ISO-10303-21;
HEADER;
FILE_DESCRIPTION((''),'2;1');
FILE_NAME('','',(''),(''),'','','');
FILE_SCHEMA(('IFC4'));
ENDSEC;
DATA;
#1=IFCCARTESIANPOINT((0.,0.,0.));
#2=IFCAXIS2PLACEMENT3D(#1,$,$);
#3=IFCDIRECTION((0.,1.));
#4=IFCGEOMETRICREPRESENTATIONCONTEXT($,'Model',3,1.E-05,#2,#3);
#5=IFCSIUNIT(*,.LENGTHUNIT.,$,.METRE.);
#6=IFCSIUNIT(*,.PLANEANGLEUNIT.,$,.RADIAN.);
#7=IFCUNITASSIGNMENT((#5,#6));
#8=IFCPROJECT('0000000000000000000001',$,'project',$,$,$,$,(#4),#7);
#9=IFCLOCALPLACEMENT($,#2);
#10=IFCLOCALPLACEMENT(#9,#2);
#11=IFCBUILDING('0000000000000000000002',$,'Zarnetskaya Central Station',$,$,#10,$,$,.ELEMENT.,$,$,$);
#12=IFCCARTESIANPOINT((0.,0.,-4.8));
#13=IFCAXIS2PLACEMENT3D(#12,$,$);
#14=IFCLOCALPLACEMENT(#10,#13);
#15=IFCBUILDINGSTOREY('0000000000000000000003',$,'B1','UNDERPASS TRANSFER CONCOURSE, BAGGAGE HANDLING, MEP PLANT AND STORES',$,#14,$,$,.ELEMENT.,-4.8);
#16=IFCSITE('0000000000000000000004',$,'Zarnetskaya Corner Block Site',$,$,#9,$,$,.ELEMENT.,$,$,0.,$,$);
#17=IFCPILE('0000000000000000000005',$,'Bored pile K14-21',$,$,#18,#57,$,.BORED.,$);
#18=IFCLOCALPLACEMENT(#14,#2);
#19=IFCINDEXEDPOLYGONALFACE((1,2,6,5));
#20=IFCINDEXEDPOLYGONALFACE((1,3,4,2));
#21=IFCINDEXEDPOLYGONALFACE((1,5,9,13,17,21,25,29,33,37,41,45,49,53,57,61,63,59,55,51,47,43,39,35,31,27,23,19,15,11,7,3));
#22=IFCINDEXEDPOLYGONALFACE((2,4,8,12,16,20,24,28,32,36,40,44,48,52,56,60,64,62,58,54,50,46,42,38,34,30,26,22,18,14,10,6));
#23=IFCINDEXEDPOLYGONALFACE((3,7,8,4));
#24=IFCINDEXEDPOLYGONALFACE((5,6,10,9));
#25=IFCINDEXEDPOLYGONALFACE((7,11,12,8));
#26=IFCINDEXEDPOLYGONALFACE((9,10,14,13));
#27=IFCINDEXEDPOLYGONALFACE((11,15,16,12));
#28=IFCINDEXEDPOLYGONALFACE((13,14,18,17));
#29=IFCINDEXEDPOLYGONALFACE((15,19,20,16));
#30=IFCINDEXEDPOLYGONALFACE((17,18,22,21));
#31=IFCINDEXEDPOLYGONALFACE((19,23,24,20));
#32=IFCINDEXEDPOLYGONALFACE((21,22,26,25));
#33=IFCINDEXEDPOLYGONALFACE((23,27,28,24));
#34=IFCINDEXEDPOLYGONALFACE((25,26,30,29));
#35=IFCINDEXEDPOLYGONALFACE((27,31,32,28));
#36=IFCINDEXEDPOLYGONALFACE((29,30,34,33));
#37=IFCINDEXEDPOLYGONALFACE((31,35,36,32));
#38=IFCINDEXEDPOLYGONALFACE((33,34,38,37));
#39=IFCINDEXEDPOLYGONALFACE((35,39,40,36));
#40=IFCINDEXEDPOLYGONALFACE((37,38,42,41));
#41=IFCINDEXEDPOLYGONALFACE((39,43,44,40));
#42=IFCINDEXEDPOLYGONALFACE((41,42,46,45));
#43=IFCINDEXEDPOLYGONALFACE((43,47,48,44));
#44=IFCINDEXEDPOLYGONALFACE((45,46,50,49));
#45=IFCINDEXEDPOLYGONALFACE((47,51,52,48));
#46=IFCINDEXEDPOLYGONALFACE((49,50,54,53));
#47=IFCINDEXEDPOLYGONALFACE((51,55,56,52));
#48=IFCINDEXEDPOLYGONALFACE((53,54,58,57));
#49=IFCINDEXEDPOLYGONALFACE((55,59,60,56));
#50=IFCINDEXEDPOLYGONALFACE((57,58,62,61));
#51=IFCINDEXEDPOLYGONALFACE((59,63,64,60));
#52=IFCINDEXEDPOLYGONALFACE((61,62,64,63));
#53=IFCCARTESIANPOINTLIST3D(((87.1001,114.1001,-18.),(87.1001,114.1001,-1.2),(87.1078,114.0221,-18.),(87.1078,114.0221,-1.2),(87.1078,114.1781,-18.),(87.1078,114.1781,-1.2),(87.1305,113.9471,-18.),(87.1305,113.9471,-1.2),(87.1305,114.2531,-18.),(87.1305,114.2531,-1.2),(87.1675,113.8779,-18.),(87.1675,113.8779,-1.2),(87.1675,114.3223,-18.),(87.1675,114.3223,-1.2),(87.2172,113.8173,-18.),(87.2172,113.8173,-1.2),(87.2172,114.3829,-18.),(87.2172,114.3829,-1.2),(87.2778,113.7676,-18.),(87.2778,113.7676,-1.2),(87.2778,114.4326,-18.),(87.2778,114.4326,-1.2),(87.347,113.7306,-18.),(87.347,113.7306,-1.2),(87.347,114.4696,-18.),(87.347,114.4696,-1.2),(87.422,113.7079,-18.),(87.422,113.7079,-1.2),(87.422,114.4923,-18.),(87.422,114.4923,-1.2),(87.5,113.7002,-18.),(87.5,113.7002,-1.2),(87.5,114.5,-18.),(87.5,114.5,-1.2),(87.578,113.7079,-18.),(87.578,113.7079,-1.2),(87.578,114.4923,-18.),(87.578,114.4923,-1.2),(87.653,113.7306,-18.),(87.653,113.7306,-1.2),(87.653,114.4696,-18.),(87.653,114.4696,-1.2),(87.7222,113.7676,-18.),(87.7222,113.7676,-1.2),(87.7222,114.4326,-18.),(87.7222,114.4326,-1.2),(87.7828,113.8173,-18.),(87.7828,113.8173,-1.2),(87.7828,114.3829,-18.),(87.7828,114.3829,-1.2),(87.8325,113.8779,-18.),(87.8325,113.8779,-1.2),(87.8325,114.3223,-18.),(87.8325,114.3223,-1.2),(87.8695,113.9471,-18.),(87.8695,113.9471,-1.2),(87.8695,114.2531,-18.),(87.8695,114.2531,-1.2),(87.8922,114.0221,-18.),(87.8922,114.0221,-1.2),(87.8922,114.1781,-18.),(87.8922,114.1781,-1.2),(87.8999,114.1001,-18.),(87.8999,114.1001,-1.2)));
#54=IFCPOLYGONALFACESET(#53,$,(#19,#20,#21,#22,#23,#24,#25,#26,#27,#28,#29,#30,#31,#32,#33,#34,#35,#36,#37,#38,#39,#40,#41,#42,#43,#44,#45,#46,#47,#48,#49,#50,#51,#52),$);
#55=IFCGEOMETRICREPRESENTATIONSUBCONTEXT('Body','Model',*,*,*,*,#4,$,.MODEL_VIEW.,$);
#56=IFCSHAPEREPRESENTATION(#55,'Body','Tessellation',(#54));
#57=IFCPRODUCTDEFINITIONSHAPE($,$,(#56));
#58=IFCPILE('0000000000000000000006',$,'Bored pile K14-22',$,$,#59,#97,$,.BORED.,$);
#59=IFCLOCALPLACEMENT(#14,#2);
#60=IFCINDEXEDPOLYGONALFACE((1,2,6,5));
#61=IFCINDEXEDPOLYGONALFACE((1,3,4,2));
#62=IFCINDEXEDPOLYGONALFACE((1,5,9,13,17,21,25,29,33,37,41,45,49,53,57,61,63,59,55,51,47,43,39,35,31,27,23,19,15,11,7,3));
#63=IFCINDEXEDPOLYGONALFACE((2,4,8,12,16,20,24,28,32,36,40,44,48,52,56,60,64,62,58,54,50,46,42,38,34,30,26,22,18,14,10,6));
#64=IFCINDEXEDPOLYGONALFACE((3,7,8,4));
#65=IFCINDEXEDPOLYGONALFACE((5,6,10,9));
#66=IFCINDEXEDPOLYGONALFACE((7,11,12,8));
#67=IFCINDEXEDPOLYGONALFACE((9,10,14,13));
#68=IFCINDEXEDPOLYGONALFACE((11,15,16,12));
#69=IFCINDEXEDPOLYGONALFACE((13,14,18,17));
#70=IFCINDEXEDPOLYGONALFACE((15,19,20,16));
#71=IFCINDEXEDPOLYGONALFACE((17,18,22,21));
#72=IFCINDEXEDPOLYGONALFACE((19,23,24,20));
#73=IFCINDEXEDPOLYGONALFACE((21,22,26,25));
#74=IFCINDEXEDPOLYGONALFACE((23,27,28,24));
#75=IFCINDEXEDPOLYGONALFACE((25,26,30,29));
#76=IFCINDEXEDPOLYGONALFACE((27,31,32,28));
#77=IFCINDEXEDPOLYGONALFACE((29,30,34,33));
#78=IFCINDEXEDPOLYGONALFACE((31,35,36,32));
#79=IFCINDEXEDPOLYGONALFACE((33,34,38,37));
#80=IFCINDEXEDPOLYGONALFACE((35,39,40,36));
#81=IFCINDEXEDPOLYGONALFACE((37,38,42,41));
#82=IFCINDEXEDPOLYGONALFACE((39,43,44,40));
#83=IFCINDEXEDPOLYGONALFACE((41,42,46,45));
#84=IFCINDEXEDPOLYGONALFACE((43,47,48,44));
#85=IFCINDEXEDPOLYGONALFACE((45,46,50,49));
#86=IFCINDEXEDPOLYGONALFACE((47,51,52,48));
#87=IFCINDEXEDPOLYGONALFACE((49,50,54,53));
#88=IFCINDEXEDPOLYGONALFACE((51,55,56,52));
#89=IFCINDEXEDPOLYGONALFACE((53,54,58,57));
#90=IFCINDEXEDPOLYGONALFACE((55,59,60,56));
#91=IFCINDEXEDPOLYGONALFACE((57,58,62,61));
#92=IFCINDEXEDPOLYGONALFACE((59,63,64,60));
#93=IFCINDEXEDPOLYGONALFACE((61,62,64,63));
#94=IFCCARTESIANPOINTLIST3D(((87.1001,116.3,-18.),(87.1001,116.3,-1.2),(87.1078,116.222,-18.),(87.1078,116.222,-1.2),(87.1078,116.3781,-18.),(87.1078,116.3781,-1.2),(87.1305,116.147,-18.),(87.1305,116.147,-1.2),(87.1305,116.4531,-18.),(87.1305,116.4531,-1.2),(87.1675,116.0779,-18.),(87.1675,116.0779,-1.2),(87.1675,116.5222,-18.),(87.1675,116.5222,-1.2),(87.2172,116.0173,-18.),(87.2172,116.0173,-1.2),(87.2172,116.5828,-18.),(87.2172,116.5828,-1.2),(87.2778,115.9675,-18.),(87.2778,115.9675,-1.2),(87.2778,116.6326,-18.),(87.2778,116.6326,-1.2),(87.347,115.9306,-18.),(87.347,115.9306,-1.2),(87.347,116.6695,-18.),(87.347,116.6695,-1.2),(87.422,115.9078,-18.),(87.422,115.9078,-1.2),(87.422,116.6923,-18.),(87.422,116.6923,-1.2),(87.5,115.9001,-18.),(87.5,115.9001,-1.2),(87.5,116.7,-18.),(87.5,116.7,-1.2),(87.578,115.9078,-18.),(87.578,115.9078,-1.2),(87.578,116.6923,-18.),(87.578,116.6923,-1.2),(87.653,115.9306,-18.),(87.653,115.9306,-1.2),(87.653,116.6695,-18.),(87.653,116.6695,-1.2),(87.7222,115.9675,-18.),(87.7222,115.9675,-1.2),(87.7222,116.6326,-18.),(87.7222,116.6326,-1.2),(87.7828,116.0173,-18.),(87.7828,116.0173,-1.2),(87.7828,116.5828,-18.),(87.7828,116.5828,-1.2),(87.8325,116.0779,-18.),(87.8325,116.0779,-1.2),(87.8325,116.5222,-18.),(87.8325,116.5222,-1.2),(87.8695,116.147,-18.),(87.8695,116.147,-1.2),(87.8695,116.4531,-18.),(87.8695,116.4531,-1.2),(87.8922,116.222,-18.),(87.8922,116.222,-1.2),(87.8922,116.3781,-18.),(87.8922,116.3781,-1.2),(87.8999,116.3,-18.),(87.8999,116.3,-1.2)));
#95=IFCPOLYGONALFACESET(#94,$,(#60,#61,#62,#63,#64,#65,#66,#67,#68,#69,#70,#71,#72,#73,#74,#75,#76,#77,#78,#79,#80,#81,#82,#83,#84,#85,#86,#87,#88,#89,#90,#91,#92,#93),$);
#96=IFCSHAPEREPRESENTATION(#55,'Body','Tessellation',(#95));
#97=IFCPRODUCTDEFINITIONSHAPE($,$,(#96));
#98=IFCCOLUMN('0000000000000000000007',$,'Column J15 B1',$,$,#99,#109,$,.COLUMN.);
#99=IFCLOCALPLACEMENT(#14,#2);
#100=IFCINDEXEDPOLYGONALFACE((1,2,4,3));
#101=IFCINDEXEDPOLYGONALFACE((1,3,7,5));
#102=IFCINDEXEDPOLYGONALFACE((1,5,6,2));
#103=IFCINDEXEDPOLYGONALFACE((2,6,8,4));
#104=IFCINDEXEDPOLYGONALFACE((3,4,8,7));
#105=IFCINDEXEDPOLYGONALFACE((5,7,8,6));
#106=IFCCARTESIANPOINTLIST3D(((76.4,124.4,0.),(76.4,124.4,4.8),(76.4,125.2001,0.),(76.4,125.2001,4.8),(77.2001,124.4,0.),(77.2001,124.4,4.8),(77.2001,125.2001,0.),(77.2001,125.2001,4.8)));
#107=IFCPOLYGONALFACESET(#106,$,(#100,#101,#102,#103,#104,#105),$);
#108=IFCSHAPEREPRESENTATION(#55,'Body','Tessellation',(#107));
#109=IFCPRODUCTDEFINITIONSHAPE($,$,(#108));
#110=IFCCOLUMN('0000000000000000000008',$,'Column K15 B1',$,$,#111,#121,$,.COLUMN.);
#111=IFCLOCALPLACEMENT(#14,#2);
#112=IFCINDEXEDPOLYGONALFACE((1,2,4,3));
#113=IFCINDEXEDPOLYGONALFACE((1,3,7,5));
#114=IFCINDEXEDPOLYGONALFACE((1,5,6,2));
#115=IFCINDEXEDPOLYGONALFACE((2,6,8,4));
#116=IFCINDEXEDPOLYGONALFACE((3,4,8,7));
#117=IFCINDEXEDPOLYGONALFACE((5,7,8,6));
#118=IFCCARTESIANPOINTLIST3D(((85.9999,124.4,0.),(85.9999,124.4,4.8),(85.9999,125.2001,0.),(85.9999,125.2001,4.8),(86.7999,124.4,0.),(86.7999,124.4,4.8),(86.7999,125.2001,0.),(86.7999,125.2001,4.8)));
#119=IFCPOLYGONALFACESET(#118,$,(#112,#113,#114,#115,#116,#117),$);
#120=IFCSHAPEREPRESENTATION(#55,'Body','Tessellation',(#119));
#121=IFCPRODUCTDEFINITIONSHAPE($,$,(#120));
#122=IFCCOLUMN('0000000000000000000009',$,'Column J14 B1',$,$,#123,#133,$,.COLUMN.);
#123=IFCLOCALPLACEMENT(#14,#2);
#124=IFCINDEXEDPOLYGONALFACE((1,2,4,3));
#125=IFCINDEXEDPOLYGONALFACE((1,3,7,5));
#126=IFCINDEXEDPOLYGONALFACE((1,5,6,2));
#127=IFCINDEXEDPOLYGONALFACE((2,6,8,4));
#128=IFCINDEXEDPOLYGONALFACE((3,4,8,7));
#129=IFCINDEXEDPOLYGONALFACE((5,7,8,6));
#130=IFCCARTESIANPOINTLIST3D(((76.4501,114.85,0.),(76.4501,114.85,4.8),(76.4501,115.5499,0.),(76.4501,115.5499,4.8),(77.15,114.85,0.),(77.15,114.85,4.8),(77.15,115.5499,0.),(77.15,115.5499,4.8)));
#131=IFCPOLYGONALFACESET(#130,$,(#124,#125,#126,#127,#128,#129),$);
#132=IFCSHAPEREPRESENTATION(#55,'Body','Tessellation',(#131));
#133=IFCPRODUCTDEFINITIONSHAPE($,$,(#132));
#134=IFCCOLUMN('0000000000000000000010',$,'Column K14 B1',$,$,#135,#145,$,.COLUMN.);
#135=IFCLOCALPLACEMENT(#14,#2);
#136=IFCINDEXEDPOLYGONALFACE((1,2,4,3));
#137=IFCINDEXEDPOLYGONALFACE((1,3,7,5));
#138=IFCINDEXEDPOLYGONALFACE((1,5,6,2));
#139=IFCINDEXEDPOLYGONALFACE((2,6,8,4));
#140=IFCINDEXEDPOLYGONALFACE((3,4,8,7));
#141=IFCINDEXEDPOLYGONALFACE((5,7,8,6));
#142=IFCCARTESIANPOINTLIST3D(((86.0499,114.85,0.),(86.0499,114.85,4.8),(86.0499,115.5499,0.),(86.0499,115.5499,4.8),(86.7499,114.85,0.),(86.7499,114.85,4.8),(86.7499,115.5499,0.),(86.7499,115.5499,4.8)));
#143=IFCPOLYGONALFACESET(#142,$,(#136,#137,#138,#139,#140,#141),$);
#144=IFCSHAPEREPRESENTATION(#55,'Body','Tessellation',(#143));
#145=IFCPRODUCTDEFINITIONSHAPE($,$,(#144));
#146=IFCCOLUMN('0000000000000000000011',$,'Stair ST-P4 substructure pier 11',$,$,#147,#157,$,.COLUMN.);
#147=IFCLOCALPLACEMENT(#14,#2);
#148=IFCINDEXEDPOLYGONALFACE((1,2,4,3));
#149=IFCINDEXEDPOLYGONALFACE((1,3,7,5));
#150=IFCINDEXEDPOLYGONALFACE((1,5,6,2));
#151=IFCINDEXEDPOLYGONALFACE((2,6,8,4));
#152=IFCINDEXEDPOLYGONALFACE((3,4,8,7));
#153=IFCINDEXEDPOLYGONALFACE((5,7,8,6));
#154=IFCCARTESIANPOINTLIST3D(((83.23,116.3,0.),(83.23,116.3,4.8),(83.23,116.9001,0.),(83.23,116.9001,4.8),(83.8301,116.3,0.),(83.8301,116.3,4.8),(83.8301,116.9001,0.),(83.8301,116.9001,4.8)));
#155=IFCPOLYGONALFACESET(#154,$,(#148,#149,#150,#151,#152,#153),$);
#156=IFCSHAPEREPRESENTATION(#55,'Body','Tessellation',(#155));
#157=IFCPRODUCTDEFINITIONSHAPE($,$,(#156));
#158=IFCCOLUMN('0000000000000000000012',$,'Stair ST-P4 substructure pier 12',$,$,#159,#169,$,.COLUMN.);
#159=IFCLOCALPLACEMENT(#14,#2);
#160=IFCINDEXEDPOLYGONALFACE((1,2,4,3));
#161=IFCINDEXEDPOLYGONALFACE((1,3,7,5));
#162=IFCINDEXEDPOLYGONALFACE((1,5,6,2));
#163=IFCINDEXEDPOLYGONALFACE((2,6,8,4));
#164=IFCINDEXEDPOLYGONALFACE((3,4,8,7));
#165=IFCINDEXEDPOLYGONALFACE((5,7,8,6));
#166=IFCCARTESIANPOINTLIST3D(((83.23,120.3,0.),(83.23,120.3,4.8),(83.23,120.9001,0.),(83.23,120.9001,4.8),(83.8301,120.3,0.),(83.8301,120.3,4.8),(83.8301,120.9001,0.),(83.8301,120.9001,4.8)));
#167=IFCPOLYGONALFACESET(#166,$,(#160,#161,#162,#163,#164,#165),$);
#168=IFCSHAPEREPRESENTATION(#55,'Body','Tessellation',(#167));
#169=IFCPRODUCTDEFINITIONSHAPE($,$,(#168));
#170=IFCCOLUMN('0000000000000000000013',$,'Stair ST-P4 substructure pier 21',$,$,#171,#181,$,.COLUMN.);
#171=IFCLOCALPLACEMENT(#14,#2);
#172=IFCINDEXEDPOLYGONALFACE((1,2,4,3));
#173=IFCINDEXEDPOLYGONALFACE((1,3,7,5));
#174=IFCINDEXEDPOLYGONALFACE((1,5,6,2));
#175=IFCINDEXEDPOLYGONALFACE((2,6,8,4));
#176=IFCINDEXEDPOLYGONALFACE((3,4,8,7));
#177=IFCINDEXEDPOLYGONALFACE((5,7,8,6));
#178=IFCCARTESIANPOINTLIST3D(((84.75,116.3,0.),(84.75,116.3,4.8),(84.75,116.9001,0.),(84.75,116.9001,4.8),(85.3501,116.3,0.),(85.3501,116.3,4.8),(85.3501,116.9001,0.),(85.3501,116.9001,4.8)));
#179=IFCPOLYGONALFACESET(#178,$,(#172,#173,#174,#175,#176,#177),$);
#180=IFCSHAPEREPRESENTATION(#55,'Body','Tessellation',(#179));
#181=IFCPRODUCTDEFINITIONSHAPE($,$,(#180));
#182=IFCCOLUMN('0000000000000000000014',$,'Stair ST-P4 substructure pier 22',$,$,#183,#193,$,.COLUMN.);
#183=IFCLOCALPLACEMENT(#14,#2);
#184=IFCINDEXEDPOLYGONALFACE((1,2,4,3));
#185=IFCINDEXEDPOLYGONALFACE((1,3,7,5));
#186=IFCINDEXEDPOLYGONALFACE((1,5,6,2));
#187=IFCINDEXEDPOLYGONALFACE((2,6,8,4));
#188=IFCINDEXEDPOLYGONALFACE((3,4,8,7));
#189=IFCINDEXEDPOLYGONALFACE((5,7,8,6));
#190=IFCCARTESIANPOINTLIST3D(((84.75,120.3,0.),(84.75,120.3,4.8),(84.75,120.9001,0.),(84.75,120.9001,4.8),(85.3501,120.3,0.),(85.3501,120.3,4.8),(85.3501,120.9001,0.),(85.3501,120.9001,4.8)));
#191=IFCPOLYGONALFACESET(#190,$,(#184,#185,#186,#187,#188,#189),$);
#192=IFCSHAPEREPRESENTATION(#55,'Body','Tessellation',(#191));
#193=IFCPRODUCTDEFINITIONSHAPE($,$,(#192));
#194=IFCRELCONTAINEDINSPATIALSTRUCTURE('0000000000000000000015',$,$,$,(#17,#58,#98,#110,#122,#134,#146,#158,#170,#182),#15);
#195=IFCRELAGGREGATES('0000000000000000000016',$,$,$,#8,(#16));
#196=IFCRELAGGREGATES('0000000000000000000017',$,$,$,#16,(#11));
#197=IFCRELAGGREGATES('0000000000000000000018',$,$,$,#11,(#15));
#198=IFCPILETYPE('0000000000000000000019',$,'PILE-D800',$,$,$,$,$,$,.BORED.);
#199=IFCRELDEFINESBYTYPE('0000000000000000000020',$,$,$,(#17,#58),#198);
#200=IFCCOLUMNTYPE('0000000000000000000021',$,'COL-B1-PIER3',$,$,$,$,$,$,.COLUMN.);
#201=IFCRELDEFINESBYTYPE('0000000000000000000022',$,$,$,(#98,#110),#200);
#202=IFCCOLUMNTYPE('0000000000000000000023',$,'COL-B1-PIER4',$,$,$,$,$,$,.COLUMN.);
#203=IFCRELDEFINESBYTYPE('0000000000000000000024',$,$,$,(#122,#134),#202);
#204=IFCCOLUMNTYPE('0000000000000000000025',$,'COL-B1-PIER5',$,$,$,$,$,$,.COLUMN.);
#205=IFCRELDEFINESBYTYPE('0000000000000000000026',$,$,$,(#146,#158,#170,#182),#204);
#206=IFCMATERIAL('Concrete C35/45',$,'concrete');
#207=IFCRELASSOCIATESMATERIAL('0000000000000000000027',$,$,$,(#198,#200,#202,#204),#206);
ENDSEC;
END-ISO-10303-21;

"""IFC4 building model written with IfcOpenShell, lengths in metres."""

from ifc_helpers import new_model, si_unit, direction, frame, origin, origin_2d, place, context, subcontext, project, spatial, rectangle, circle, extrude, material, material_profile, profile_set, type_object, element, save


model = new_model("IFC4")

# Units and contexts
model_context = context("Model", 3, precision=1e-05, world=origin(), true_north=direction((0.0, 1.0)))
body_context = subcontext(model_context, "Body", "Model", "MODEL_VIEW")
ifc_project = project(units=[si_unit("LENGTHUNIT", "METRE"), si_unit("PLANEANGLEUNIT", "RADIAN")], contexts=[model_context])

# Site, building, storey
site_placement = place(None, origin())
site = spatial("IfcSite", under=ifc_project, at=site_placement, Name="Zarnetskaya Corner Block Site", CompositionType="ELEMENT", RefElevation=0.0)
building_placement = place(site_placement, origin())
building = spatial("IfcBuilding", under=site, at=building_placement, Name="Zarnetskaya Central Station", CompositionType="ELEMENT")
storey_placement = place(building_placement, frame((0.0, 0.0, -4.8)))
storey = spatial("IfcBuildingStorey", under=building, at=storey_placement, Name="B1", Description="UNDERPASS TRANSFER CONCOURSE, BAGGAGE HANDLING, MEP PLANT AND STORES", CompositionType="ELEMENT", Elevation=-4.8)

# Shared definitions
ifc_material = material(Name="Concrete C35/45", Category="concrete")

# Piles
ifc_material_profile_1 = material_profile(ifc_material, circle(Radius=0.3999, at=origin_2d()), Name="BORED PILE D800")
ifc_profile_set_1 = profile_set([ifc_material_profile_1], Name="Concrete C35/45")
pile_type_1 = type_object("IfcPileType", Name="PILE-D800", PredefinedType="BORED", material=ifc_profile_set_1)
for number, where, z_axis, x_axis, name in (
    (1, (87.5, 114.1001, -1.2), (0.0, 0.0, -1.0), (1.0, 0.0, 0.0), "Bored pile K14-21"),
    (2, (87.5, 116.3, -1.2), (0.0, 0.0, -1.0), (1.0, 0.0, 0.0), "Bored pile K14-22"),
):
    element("IfcPile", number, at=place(storey_placement, frame(where, z_axis=z_axis, x_axis=x_axis)), inside=storey, type_object=pile_type_1, Name=name, PredefinedType="BORED", context=body_context, shape_type="SweptSolid", body=[
        extrude(circle(Radius=0.3999, at=origin_2d()), origin(), (0.0, 0.0, 1.0), 16.8),
    ])

# Columns
ifc_material_profile_2 = material_profile(ifc_material, rectangle(XDim=0.8, YDim=0.8, at=origin_2d()), Name="RC 800x800")
ifc_profile_set_2 = profile_set([ifc_material_profile_2], Name="Concrete C35/45")
column_type_1 = type_object("IfcColumnType", Name="COL-B1-PIER3", PredefinedType="COLUMN", material=ifc_profile_set_2)
for number, where, z_axis, x_axis, name in (
    (3, (76.8, 124.8, 0.0), (0.0, 0.0, 1.0), (1.0, 0.0, 0.0), "Column J15 B1"),
    (4, (86.3999, 124.8, 0.0), (0.0, 0.0, 1.0), (1.0, 0.0, 0.0), "Column K15 B1"),
):
    element("IfcColumn", number, at=place(storey_placement, frame(where, z_axis=z_axis, x_axis=x_axis)), inside=storey, type_object=column_type_1, Name=name, PredefinedType="COLUMN", context=body_context, shape_type="SweptSolid", body=[
        extrude(rectangle(XDim=0.8, YDim=0.8, at=origin_2d()), origin(), (0.0, 0.0, 1.0), 4.8),
    ])
ifc_material_profile_3 = material_profile(ifc_material, rectangle(XDim=0.7, YDim=0.7, at=origin_2d()), Name="RC 700x700")
ifc_profile_set_3 = profile_set([ifc_material_profile_3], Name="Concrete C35/45")
column_type_2 = type_object("IfcColumnType", Name="COL-B1-PIER4", PredefinedType="COLUMN", material=ifc_profile_set_3)
for number, where, z_axis, x_axis, name in (
    (5, (76.8, 115.2, 0.0), (0.0, 0.0, 1.0), (1.0, 0.0, 0.0), "Column J14 B1"),
    (6, (86.3999, 115.2, 0.0), (0.0, 0.0, 1.0), (1.0, 0.0, 0.0), "Column K14 B1"),
):
    element("IfcColumn", number, at=place(storey_placement, frame(where, z_axis=z_axis, x_axis=x_axis)), inside=storey, type_object=column_type_2, Name=name, PredefinedType="COLUMN", context=body_context, shape_type="SweptSolid", body=[
        extrude(rectangle(XDim=0.7, YDim=0.7, at=origin_2d()), origin(), (0.0, 0.0, 1.0), 4.8),
    ])
ifc_material_profile_4 = material_profile(ifc_material, rectangle(XDim=0.6001, YDim=0.6001, at=origin_2d()), Name="RC 600x600")
ifc_profile_set_4 = profile_set([ifc_material_profile_4], Name="Concrete C35/45")
column_type_3 = type_object("IfcColumnType", Name="COL-B1-PIER5", PredefinedType="COLUMN", material=ifc_profile_set_4)
for number, where, z_axis, x_axis, name in (
    (7, (83.53, 116.6001, 0.0), (0.0, 0.0, 1.0), (1.0, 0.0, 0.0), "Stair ST-P4 substructure pier 11"),
    (8, (83.53, 120.6001, 0.0), (0.0, 0.0, 1.0), (1.0, 0.0, 0.0), "Stair ST-P4 substructure pier 12"),
    (9, (85.05, 116.6001, 0.0), (0.0, 0.0, 1.0), (1.0, 0.0, 0.0), "Stair ST-P4 substructure pier 21"),
    (10, (85.05, 120.6001, 0.0), (0.0, 0.0, 1.0), (1.0, 0.0, 0.0), "Stair ST-P4 substructure pier 22"),
):
    element("IfcColumn", number, at=place(storey_placement, frame(where, z_axis=z_axis, x_axis=x_axis)), inside=storey, type_object=column_type_3, Name=name, PredefinedType="COLUMN", context=body_context, shape_type="SweptSolid", body=[
        extrude(rectangle(XDim=0.6001, YDim=0.6001, at=origin_2d()), origin(), (0.0, 0.0, 1.0), 4.8),
    ])

save(model, "model.ifc")
